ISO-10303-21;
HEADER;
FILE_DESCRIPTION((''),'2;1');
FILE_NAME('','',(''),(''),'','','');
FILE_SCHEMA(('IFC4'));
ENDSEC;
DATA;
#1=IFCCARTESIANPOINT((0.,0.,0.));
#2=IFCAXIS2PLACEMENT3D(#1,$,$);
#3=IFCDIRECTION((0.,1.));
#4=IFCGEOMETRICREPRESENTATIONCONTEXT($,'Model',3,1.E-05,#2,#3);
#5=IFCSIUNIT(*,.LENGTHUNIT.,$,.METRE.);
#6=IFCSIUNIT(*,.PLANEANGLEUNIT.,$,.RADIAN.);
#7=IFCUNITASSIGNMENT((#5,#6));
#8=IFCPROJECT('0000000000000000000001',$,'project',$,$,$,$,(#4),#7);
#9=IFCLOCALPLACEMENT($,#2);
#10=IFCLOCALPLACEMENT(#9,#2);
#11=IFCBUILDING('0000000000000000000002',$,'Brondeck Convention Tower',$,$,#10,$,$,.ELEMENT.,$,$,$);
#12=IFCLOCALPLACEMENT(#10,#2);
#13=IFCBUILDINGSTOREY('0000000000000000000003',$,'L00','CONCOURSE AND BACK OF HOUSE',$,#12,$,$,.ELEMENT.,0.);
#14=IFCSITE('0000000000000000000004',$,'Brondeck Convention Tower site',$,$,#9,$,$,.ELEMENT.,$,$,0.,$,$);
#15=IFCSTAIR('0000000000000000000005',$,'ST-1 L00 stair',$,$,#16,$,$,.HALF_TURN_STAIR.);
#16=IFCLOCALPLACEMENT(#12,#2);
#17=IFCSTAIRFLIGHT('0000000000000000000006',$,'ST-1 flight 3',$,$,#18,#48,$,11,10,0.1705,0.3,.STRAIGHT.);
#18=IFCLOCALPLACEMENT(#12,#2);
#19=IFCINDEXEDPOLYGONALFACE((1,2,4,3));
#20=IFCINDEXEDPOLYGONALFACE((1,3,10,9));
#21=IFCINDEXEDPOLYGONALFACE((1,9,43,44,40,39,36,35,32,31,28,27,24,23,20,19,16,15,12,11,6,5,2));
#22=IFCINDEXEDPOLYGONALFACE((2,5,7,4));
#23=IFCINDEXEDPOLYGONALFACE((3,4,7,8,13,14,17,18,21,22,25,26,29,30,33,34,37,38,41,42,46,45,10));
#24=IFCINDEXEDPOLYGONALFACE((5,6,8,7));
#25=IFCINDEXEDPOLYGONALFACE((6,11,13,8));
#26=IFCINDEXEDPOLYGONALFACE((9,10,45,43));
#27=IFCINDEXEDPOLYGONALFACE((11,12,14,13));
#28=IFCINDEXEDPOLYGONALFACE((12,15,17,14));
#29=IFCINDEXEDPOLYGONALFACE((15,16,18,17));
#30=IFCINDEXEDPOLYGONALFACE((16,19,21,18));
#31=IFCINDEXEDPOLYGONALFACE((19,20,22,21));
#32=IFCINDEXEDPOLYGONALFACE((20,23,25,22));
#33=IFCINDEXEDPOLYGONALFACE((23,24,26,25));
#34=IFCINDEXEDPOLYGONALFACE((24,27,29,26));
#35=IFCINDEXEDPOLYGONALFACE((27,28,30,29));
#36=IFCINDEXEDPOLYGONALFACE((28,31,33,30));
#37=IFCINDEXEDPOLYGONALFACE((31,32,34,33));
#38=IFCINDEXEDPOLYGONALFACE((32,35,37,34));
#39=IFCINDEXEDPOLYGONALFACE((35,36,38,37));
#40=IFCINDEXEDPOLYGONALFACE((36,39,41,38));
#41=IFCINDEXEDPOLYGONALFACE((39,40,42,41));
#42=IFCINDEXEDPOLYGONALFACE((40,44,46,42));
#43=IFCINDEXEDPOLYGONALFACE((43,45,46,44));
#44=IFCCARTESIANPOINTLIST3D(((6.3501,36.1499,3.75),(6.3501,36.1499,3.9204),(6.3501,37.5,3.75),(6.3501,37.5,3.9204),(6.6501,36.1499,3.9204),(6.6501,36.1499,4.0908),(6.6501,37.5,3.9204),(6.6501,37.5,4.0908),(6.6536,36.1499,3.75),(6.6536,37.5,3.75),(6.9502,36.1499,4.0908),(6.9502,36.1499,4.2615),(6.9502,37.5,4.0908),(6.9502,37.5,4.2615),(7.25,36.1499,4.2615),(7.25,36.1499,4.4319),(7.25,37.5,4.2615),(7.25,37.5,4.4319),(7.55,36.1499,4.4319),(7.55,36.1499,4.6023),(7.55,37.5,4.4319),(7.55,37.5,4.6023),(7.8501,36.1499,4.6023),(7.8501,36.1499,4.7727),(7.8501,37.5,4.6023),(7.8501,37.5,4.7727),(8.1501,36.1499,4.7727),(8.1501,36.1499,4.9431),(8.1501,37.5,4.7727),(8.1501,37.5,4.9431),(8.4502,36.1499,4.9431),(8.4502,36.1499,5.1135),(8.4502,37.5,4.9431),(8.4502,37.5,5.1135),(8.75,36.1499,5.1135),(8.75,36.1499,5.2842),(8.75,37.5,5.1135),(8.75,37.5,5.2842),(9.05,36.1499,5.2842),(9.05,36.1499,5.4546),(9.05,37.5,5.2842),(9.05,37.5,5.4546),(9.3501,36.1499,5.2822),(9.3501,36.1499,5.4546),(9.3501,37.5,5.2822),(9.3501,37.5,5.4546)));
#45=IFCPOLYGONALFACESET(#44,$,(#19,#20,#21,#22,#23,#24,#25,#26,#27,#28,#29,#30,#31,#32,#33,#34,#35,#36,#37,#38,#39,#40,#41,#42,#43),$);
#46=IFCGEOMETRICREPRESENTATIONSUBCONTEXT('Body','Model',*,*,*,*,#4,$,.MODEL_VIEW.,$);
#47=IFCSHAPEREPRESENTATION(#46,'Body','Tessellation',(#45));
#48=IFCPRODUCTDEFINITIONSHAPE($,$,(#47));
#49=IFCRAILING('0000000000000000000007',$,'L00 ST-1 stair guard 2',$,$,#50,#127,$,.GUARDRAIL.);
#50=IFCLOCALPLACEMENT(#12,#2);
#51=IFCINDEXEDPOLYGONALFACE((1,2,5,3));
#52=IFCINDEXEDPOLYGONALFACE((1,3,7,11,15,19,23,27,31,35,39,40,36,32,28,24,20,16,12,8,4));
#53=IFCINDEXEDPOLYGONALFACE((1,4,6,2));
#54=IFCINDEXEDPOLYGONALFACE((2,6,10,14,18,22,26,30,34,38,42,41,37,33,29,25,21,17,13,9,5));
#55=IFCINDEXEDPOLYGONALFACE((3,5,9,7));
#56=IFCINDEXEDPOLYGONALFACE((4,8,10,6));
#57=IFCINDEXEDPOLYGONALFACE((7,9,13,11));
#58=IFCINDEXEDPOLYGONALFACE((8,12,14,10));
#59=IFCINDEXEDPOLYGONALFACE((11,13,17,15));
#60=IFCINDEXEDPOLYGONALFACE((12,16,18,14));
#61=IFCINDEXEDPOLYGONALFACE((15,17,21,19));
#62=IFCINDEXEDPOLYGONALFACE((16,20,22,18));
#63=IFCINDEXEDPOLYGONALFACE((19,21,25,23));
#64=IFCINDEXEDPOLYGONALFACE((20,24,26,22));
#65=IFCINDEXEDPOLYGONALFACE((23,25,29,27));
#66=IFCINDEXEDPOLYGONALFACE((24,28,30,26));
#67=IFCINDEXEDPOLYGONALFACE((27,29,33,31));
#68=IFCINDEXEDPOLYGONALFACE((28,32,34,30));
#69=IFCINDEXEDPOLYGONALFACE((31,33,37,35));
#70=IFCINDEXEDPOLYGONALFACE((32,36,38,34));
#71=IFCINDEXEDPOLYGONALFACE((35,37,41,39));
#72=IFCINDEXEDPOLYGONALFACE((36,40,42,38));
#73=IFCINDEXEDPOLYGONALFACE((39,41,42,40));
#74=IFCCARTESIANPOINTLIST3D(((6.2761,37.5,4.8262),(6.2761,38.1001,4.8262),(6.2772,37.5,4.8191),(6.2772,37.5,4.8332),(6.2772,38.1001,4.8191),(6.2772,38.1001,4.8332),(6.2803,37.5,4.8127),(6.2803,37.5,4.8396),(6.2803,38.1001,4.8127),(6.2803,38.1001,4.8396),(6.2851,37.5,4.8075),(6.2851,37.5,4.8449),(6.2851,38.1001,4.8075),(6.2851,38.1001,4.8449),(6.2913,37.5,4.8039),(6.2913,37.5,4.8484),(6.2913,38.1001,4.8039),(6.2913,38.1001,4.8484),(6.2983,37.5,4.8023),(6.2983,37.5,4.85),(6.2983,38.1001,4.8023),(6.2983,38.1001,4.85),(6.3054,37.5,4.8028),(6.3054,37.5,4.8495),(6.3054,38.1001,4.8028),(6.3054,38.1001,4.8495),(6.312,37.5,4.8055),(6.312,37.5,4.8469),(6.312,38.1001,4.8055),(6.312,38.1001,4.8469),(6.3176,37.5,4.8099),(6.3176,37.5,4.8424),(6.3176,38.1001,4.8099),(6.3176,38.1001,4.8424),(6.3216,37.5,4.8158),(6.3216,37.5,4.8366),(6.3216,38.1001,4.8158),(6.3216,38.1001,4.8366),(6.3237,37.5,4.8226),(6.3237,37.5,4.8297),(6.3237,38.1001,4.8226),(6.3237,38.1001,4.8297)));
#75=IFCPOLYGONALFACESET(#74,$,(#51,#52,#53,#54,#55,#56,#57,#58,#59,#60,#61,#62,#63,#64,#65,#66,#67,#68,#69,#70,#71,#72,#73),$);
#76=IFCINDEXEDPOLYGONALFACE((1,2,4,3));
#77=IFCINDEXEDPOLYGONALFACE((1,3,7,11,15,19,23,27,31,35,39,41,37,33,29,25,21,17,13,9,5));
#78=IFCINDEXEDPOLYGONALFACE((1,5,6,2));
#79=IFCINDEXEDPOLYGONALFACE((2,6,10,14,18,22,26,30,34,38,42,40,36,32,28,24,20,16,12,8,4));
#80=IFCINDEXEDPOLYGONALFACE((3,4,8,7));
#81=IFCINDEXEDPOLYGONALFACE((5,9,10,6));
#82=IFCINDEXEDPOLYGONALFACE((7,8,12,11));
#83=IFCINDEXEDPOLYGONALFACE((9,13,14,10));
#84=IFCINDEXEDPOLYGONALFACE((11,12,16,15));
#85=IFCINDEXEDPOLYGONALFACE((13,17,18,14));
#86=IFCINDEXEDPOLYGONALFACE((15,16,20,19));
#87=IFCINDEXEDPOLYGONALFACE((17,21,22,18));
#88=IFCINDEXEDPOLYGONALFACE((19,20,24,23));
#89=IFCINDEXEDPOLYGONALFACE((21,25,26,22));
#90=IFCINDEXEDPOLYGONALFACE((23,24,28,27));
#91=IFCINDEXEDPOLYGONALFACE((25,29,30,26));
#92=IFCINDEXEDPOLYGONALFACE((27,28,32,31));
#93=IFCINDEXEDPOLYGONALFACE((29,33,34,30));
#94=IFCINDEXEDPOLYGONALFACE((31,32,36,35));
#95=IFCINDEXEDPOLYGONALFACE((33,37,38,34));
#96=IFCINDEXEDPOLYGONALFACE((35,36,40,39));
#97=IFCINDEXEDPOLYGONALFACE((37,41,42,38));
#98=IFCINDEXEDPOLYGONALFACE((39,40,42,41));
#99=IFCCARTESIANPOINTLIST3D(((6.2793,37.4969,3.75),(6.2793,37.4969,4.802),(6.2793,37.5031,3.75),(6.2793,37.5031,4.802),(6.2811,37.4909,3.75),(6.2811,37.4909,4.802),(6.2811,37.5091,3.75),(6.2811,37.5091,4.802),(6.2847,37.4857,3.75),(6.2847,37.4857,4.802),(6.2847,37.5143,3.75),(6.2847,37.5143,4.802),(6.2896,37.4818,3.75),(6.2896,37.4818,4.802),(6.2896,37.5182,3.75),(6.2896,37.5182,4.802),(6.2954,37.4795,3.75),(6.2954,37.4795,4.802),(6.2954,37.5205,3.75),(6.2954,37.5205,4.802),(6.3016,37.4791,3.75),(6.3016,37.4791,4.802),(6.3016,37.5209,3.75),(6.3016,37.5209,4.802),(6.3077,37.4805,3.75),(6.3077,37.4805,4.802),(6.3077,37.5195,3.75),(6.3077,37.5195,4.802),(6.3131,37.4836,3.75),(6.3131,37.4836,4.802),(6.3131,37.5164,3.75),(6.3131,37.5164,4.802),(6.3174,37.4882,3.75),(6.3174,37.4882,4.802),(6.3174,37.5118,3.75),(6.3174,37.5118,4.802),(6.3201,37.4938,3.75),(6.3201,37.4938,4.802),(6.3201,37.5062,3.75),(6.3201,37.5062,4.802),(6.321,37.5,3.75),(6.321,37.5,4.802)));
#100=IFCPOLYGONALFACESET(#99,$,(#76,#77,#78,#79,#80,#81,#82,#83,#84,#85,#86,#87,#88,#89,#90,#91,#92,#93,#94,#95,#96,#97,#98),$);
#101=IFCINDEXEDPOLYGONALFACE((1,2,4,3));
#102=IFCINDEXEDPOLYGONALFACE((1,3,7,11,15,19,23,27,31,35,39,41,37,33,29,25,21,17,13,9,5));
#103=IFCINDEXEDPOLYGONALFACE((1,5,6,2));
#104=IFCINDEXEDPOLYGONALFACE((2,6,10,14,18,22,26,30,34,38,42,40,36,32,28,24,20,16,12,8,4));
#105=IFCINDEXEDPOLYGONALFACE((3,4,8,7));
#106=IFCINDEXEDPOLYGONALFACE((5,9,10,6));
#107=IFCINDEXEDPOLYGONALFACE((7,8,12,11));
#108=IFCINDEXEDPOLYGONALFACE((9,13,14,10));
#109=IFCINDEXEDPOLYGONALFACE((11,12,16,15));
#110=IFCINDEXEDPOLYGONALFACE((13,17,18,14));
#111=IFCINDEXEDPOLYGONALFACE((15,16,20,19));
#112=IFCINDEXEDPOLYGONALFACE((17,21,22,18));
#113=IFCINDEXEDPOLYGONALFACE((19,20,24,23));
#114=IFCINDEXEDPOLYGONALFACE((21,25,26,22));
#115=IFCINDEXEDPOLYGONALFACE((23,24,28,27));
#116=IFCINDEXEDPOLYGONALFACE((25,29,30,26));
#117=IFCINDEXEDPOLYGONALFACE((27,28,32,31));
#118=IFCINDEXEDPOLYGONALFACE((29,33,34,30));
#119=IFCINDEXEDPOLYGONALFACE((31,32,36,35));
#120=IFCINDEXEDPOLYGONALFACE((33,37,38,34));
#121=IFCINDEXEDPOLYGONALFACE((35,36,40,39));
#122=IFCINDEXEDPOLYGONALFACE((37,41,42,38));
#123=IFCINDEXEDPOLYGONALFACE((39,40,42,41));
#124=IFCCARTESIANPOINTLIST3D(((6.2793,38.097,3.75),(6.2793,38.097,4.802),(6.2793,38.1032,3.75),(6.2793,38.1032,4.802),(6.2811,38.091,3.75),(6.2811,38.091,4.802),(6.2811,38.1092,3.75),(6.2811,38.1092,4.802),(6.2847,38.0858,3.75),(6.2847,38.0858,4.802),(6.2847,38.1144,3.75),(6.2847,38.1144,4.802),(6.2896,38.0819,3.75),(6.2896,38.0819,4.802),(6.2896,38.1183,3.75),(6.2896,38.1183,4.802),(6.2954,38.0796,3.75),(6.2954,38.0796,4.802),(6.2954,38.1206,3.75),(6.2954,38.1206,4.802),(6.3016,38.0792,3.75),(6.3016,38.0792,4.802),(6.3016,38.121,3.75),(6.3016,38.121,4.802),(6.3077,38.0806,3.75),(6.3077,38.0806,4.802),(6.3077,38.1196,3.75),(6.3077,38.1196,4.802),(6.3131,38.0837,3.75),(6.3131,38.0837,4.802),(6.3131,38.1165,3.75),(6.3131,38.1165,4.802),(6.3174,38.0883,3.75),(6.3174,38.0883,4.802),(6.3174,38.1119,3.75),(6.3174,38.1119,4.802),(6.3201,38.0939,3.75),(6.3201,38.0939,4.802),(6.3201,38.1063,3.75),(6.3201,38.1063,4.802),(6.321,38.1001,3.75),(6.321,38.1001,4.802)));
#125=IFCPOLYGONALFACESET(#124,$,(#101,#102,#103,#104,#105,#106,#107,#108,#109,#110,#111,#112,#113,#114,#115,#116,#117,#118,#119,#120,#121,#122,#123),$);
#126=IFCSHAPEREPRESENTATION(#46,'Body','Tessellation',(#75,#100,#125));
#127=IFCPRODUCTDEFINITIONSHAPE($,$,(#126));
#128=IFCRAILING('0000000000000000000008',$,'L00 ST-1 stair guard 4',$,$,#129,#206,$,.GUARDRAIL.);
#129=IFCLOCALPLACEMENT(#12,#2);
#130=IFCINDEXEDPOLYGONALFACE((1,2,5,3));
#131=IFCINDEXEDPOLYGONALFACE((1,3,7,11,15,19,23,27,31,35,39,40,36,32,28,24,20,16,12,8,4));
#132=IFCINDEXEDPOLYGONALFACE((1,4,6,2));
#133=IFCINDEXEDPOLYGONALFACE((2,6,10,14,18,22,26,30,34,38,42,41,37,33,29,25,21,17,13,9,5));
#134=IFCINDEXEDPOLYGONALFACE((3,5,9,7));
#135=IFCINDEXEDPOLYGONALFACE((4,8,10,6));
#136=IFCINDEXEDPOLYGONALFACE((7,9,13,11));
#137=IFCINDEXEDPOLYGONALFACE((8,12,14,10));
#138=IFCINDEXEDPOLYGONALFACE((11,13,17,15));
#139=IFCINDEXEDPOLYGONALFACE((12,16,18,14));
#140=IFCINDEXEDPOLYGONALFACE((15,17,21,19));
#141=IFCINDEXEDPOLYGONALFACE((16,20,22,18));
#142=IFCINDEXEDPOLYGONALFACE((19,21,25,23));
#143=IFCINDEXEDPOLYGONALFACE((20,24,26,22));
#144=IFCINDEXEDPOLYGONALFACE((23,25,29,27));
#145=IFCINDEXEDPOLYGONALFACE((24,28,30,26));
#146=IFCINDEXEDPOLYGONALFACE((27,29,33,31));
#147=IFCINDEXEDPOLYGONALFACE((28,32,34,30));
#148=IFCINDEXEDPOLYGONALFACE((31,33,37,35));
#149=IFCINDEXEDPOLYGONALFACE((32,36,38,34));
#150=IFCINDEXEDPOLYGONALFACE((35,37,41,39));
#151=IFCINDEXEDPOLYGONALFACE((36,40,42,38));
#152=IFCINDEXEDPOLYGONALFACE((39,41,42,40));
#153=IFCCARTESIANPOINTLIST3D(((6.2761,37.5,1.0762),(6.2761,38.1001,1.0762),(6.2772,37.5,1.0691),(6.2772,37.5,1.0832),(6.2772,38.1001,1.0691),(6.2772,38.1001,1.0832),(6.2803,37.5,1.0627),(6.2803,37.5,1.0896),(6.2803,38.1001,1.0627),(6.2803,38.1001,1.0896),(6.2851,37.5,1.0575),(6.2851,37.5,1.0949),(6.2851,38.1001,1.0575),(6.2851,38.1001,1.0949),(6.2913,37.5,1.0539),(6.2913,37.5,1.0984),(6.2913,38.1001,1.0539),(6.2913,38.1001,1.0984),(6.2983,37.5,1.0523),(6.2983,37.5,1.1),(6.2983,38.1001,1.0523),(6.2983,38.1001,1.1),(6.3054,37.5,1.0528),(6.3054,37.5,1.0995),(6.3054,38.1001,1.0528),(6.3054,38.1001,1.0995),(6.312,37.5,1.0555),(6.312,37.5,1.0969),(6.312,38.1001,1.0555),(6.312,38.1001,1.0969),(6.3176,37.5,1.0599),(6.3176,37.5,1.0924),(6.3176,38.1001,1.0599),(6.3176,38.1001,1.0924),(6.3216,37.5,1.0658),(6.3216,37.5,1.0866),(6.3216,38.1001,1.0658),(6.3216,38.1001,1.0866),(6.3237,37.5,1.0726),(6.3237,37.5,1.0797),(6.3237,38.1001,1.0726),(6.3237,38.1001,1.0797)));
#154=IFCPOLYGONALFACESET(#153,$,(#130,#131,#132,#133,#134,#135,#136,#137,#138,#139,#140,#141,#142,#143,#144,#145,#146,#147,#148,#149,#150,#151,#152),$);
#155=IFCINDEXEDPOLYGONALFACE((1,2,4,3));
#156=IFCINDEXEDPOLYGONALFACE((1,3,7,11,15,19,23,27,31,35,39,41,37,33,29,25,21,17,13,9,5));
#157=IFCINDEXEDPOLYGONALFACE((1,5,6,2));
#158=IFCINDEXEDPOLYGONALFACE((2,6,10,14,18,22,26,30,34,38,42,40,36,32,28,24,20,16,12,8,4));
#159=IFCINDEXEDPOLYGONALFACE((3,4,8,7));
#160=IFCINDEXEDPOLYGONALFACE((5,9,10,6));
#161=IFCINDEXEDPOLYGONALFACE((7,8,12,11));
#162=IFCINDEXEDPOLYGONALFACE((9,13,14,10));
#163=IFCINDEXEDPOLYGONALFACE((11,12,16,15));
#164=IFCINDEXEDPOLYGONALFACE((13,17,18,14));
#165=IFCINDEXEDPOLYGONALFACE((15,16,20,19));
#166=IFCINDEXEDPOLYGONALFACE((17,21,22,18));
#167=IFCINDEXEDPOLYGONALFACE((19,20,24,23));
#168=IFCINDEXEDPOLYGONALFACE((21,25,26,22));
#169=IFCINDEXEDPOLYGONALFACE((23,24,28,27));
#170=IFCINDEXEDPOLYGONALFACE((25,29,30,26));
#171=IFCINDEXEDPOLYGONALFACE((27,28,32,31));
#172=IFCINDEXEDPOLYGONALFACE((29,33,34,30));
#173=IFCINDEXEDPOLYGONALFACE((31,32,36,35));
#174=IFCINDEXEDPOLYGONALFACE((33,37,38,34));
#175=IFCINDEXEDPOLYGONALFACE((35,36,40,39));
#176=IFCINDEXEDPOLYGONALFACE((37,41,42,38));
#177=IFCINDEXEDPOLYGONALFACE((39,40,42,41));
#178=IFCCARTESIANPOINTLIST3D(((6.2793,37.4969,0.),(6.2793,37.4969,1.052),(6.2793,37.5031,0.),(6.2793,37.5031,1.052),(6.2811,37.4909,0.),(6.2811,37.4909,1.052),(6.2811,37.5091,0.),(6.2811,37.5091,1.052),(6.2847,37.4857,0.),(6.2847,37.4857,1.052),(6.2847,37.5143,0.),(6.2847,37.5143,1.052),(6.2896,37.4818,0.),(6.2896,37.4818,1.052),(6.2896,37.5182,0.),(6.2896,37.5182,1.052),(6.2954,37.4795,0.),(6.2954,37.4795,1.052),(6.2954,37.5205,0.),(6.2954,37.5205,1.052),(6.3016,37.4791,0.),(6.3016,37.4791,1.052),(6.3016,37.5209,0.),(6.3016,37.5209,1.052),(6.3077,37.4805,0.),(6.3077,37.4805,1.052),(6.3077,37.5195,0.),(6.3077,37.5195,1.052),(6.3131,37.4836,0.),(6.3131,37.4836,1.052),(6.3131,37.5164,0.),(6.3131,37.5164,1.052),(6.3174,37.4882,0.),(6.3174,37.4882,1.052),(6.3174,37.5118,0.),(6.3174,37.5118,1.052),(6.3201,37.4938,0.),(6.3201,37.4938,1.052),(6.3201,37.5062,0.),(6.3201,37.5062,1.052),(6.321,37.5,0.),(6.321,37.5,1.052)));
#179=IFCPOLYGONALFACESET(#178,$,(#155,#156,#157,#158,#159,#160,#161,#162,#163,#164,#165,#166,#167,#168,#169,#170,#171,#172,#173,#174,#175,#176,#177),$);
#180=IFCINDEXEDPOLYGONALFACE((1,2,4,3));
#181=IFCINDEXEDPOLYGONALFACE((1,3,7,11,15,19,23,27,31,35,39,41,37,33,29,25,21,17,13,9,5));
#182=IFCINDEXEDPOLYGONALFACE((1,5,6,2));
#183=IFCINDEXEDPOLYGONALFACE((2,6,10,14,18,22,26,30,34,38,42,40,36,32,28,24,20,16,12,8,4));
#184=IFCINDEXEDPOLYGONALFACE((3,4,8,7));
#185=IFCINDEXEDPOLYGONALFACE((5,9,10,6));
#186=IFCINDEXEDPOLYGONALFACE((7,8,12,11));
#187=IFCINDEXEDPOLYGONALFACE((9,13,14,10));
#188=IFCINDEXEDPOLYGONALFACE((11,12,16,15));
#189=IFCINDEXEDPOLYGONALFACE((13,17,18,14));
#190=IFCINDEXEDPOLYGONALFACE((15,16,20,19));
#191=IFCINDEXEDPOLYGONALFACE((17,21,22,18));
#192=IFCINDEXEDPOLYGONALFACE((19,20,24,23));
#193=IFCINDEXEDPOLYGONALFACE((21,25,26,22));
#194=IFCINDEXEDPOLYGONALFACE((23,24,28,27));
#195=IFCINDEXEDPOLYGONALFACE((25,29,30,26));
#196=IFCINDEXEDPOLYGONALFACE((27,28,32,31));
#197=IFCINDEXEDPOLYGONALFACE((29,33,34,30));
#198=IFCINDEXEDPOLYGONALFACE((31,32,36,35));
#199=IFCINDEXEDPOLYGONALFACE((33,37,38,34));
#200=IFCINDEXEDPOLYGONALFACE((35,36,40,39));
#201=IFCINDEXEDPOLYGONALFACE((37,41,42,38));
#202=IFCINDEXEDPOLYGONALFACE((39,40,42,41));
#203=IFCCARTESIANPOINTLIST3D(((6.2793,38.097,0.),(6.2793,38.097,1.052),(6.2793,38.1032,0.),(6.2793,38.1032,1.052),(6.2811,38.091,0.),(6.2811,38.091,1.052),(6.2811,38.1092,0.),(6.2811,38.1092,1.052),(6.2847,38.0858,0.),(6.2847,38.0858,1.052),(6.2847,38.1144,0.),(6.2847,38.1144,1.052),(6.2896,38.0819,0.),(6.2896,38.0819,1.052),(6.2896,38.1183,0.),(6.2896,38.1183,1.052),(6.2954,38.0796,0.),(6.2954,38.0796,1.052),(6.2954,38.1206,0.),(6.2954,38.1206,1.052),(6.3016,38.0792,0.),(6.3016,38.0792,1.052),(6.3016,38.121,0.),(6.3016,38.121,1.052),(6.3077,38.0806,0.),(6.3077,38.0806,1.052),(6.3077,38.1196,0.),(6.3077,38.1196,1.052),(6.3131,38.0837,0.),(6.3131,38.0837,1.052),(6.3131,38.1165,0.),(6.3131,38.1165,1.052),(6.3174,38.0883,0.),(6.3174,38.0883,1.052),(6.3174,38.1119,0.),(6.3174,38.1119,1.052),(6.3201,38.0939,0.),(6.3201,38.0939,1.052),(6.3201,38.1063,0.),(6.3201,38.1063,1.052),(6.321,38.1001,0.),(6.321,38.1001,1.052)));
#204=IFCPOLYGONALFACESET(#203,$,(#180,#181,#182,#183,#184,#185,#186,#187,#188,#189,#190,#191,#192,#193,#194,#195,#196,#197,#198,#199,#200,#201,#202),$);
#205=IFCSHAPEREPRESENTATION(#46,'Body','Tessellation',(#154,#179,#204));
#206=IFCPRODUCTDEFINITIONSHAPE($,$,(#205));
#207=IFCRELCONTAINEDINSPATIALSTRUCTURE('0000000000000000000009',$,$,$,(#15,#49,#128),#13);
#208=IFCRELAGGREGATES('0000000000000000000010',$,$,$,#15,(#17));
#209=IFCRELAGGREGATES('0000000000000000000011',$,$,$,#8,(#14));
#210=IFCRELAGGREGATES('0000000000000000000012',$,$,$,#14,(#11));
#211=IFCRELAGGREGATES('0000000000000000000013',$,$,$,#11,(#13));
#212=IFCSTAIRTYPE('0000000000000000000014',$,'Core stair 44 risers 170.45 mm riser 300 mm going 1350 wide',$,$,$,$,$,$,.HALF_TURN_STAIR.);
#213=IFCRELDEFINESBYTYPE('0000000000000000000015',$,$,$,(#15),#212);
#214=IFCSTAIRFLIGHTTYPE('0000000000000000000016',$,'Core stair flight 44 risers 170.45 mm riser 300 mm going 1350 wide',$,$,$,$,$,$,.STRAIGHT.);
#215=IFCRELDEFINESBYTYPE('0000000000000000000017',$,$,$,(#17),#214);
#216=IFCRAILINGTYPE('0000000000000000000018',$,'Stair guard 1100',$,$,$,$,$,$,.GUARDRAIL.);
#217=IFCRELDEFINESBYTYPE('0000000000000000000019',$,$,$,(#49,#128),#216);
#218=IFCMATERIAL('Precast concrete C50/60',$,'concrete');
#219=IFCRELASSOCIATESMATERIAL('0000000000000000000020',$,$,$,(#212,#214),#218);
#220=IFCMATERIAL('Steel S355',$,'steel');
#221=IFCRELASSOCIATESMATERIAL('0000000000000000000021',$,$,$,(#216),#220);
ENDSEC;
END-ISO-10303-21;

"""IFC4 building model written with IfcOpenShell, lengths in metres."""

from ifc_helpers import new_model, si_unit, direction, frame, origin, origin_2d, place, context, subcontext, project, spatial, polyline, circle, outline, extrude, material, type_object, element, aggregate, save


model = new_model("IFC4")

# Units and contexts
model_context = context("Model", 3, precision=1e-05, world=origin(), true_north=direction((0.0, 1.0)))
body_context = subcontext(model_context, "Body", "Model", "MODEL_VIEW")
ifc_project = project(units=[si_unit("LENGTHUNIT", "METRE"), si_unit("PLANEANGLEUNIT", "RADIAN")], contexts=[model_context])

# Site, building, storey
site_placement = place(None, origin())
site = spatial("IfcSite", under=ifc_project, at=site_placement, Name="Brondeck Convention Tower site", CompositionType="ELEMENT", RefElevation=0.0)
building_placement = place(site_placement, origin())
building = spatial("IfcBuilding", under=site, at=building_placement, Name="Brondeck Convention Tower", CompositionType="ELEMENT")
storey_placement = place(building_placement, origin())
storey = spatial("IfcBuildingStorey", under=building, at=storey_placement, Name="L00", Description="CONCOURSE AND BACK OF HOUSE", CompositionType="ELEMENT", Elevation=0.0)

# Stair, stair flight
ifc_material_1 = material(Name="Precast concrete C50/60", Category="concrete")
stair_type = type_object("IfcStairType", Name="Core stair 44 risers 170.45 mm riser 300 mm going 1350 wide", PredefinedType="HALF_TURN_STAIR", material=ifc_material_1)
stair_placement = place(storey_placement, origin())
stair = element("IfcStair", 1, at=stair_placement, inside=storey, type_object=stair_type, Name="ST-1 L00 stair", PredefinedType="HALF_TURN_STAIR")
stair_flight_type = type_object("IfcStairFlightType", Name="Core stair flight 44 risers 170.45 mm riser 300 mm going 1350 wide", PredefinedType="STRAIGHT", material=ifc_material_1)
stair_flight_1_placement = place(storey_placement, frame((6.3501, 36.825, 3.75), z_axis=(0.0, 0.0, 1.0), x_axis=(1.0, 0.0, 0.0)))
stair_flight_1 = element("IfcStairFlight", 2, at=stair_flight_1_placement, type_object=stair_flight_type, Name="ST-1 flight 3", NumberOfRisers=11, NumberOfTreads=10, PredefinedType="STRAIGHT", RiserHeight=0.1705, TreadLength=0.3, context=body_context, shape_type="SweptSolid", body=[
    extrude(outline(polyline([(0.0, 0.0), (0.0, 0.1704), (0.3, 0.1704), (0.3, 0.3408), (0.6001, 0.3408), (0.6001, 0.5115), (0.8999, 0.5115), (0.8999, 0.6819), (1.2, 0.6819), (1.2, 0.8523), (1.5, 0.8523), (1.5, 1.0227), (1.8, 1.0227), (1.8, 1.1931), (2.1001, 1.1931), (2.1001, 1.3635), (2.3999, 1.3635), (2.3999, 1.5342), (2.7, 1.5342), (2.7, 1.7046), (3.0, 1.7046), (3.0, 1.875), (3.0, 1.5322), (0.3035, 0.0), (0.0, 0.0)])), frame((0.0, 0.675, 0.0), z_axis=(0.0, -1.0, 0.0), x_axis=(1.0, 0.0, 0.0)), (0.0, 0.0, 1.0), 1.3501),
])
aggregate(stair, [stair_flight_1])

# Railings
ifc_material_2 = material(Name="Steel S355", Category="steel")
railing_type_1 = type_object("IfcRailingType", Name="Stair guard 1100", PredefinedType="GUARDRAIL", material=ifc_material_2)
railing_1_placement = place(storey_placement, frame((6.3, 37.5, 3.75)))
element("IfcRailing", 3, at=railing_1_placement, inside=storey, type_object=railing_type_1, Name="L00 ST-1 stair guard 2", PredefinedType="GUARDRAIL", context=body_context, shape_type="SweptSolid", body=[
    extrude(circle(Radius=0.0239, at=origin_2d()), frame((0.0, 0.0, 1.0762), z_axis=(0.0, 1.0, 0.0), x_axis=(-1.0, 0.0, 0.0)), (0.0, 0.0, 1.0), 0.6001),
    extrude(circle(Radius=0.021, at=origin_2d()), origin(), (0.0, 0.0, 1.0), 1.052),
    extrude(circle(Radius=0.021, at=origin_2d()), frame((0.0, 0.6001, 0.0)), (0.0, 0.0, 1.0), 1.052),
])
railing_2_placement = place(storey_placement, frame((6.3, 37.5, 0.0)))
element("IfcRailing", 4, at=railing_2_placement, inside=storey, type_object=railing_type_1, Name="L00 ST-1 stair guard 4", PredefinedType="GUARDRAIL", context=body_context, shape_type="SweptSolid", body=[
    extrude(circle(Radius=0.0239, at=origin_2d()), frame((0.0, 0.0, 1.0762), z_axis=(0.0, 1.0, 0.0), x_axis=(-1.0, 0.0, 0.0)), (0.0, 0.0, 1.0), 0.6001),
    extrude(circle(Radius=0.021, at=origin_2d()), origin(), (0.0, 0.0, 1.0), 1.052),
    extrude(circle(Radius=0.021, at=origin_2d()), frame((0.0, 0.6001, 0.0)), (0.0, 0.0, 1.0), 1.052),
])

save(model, "model.ifc")
